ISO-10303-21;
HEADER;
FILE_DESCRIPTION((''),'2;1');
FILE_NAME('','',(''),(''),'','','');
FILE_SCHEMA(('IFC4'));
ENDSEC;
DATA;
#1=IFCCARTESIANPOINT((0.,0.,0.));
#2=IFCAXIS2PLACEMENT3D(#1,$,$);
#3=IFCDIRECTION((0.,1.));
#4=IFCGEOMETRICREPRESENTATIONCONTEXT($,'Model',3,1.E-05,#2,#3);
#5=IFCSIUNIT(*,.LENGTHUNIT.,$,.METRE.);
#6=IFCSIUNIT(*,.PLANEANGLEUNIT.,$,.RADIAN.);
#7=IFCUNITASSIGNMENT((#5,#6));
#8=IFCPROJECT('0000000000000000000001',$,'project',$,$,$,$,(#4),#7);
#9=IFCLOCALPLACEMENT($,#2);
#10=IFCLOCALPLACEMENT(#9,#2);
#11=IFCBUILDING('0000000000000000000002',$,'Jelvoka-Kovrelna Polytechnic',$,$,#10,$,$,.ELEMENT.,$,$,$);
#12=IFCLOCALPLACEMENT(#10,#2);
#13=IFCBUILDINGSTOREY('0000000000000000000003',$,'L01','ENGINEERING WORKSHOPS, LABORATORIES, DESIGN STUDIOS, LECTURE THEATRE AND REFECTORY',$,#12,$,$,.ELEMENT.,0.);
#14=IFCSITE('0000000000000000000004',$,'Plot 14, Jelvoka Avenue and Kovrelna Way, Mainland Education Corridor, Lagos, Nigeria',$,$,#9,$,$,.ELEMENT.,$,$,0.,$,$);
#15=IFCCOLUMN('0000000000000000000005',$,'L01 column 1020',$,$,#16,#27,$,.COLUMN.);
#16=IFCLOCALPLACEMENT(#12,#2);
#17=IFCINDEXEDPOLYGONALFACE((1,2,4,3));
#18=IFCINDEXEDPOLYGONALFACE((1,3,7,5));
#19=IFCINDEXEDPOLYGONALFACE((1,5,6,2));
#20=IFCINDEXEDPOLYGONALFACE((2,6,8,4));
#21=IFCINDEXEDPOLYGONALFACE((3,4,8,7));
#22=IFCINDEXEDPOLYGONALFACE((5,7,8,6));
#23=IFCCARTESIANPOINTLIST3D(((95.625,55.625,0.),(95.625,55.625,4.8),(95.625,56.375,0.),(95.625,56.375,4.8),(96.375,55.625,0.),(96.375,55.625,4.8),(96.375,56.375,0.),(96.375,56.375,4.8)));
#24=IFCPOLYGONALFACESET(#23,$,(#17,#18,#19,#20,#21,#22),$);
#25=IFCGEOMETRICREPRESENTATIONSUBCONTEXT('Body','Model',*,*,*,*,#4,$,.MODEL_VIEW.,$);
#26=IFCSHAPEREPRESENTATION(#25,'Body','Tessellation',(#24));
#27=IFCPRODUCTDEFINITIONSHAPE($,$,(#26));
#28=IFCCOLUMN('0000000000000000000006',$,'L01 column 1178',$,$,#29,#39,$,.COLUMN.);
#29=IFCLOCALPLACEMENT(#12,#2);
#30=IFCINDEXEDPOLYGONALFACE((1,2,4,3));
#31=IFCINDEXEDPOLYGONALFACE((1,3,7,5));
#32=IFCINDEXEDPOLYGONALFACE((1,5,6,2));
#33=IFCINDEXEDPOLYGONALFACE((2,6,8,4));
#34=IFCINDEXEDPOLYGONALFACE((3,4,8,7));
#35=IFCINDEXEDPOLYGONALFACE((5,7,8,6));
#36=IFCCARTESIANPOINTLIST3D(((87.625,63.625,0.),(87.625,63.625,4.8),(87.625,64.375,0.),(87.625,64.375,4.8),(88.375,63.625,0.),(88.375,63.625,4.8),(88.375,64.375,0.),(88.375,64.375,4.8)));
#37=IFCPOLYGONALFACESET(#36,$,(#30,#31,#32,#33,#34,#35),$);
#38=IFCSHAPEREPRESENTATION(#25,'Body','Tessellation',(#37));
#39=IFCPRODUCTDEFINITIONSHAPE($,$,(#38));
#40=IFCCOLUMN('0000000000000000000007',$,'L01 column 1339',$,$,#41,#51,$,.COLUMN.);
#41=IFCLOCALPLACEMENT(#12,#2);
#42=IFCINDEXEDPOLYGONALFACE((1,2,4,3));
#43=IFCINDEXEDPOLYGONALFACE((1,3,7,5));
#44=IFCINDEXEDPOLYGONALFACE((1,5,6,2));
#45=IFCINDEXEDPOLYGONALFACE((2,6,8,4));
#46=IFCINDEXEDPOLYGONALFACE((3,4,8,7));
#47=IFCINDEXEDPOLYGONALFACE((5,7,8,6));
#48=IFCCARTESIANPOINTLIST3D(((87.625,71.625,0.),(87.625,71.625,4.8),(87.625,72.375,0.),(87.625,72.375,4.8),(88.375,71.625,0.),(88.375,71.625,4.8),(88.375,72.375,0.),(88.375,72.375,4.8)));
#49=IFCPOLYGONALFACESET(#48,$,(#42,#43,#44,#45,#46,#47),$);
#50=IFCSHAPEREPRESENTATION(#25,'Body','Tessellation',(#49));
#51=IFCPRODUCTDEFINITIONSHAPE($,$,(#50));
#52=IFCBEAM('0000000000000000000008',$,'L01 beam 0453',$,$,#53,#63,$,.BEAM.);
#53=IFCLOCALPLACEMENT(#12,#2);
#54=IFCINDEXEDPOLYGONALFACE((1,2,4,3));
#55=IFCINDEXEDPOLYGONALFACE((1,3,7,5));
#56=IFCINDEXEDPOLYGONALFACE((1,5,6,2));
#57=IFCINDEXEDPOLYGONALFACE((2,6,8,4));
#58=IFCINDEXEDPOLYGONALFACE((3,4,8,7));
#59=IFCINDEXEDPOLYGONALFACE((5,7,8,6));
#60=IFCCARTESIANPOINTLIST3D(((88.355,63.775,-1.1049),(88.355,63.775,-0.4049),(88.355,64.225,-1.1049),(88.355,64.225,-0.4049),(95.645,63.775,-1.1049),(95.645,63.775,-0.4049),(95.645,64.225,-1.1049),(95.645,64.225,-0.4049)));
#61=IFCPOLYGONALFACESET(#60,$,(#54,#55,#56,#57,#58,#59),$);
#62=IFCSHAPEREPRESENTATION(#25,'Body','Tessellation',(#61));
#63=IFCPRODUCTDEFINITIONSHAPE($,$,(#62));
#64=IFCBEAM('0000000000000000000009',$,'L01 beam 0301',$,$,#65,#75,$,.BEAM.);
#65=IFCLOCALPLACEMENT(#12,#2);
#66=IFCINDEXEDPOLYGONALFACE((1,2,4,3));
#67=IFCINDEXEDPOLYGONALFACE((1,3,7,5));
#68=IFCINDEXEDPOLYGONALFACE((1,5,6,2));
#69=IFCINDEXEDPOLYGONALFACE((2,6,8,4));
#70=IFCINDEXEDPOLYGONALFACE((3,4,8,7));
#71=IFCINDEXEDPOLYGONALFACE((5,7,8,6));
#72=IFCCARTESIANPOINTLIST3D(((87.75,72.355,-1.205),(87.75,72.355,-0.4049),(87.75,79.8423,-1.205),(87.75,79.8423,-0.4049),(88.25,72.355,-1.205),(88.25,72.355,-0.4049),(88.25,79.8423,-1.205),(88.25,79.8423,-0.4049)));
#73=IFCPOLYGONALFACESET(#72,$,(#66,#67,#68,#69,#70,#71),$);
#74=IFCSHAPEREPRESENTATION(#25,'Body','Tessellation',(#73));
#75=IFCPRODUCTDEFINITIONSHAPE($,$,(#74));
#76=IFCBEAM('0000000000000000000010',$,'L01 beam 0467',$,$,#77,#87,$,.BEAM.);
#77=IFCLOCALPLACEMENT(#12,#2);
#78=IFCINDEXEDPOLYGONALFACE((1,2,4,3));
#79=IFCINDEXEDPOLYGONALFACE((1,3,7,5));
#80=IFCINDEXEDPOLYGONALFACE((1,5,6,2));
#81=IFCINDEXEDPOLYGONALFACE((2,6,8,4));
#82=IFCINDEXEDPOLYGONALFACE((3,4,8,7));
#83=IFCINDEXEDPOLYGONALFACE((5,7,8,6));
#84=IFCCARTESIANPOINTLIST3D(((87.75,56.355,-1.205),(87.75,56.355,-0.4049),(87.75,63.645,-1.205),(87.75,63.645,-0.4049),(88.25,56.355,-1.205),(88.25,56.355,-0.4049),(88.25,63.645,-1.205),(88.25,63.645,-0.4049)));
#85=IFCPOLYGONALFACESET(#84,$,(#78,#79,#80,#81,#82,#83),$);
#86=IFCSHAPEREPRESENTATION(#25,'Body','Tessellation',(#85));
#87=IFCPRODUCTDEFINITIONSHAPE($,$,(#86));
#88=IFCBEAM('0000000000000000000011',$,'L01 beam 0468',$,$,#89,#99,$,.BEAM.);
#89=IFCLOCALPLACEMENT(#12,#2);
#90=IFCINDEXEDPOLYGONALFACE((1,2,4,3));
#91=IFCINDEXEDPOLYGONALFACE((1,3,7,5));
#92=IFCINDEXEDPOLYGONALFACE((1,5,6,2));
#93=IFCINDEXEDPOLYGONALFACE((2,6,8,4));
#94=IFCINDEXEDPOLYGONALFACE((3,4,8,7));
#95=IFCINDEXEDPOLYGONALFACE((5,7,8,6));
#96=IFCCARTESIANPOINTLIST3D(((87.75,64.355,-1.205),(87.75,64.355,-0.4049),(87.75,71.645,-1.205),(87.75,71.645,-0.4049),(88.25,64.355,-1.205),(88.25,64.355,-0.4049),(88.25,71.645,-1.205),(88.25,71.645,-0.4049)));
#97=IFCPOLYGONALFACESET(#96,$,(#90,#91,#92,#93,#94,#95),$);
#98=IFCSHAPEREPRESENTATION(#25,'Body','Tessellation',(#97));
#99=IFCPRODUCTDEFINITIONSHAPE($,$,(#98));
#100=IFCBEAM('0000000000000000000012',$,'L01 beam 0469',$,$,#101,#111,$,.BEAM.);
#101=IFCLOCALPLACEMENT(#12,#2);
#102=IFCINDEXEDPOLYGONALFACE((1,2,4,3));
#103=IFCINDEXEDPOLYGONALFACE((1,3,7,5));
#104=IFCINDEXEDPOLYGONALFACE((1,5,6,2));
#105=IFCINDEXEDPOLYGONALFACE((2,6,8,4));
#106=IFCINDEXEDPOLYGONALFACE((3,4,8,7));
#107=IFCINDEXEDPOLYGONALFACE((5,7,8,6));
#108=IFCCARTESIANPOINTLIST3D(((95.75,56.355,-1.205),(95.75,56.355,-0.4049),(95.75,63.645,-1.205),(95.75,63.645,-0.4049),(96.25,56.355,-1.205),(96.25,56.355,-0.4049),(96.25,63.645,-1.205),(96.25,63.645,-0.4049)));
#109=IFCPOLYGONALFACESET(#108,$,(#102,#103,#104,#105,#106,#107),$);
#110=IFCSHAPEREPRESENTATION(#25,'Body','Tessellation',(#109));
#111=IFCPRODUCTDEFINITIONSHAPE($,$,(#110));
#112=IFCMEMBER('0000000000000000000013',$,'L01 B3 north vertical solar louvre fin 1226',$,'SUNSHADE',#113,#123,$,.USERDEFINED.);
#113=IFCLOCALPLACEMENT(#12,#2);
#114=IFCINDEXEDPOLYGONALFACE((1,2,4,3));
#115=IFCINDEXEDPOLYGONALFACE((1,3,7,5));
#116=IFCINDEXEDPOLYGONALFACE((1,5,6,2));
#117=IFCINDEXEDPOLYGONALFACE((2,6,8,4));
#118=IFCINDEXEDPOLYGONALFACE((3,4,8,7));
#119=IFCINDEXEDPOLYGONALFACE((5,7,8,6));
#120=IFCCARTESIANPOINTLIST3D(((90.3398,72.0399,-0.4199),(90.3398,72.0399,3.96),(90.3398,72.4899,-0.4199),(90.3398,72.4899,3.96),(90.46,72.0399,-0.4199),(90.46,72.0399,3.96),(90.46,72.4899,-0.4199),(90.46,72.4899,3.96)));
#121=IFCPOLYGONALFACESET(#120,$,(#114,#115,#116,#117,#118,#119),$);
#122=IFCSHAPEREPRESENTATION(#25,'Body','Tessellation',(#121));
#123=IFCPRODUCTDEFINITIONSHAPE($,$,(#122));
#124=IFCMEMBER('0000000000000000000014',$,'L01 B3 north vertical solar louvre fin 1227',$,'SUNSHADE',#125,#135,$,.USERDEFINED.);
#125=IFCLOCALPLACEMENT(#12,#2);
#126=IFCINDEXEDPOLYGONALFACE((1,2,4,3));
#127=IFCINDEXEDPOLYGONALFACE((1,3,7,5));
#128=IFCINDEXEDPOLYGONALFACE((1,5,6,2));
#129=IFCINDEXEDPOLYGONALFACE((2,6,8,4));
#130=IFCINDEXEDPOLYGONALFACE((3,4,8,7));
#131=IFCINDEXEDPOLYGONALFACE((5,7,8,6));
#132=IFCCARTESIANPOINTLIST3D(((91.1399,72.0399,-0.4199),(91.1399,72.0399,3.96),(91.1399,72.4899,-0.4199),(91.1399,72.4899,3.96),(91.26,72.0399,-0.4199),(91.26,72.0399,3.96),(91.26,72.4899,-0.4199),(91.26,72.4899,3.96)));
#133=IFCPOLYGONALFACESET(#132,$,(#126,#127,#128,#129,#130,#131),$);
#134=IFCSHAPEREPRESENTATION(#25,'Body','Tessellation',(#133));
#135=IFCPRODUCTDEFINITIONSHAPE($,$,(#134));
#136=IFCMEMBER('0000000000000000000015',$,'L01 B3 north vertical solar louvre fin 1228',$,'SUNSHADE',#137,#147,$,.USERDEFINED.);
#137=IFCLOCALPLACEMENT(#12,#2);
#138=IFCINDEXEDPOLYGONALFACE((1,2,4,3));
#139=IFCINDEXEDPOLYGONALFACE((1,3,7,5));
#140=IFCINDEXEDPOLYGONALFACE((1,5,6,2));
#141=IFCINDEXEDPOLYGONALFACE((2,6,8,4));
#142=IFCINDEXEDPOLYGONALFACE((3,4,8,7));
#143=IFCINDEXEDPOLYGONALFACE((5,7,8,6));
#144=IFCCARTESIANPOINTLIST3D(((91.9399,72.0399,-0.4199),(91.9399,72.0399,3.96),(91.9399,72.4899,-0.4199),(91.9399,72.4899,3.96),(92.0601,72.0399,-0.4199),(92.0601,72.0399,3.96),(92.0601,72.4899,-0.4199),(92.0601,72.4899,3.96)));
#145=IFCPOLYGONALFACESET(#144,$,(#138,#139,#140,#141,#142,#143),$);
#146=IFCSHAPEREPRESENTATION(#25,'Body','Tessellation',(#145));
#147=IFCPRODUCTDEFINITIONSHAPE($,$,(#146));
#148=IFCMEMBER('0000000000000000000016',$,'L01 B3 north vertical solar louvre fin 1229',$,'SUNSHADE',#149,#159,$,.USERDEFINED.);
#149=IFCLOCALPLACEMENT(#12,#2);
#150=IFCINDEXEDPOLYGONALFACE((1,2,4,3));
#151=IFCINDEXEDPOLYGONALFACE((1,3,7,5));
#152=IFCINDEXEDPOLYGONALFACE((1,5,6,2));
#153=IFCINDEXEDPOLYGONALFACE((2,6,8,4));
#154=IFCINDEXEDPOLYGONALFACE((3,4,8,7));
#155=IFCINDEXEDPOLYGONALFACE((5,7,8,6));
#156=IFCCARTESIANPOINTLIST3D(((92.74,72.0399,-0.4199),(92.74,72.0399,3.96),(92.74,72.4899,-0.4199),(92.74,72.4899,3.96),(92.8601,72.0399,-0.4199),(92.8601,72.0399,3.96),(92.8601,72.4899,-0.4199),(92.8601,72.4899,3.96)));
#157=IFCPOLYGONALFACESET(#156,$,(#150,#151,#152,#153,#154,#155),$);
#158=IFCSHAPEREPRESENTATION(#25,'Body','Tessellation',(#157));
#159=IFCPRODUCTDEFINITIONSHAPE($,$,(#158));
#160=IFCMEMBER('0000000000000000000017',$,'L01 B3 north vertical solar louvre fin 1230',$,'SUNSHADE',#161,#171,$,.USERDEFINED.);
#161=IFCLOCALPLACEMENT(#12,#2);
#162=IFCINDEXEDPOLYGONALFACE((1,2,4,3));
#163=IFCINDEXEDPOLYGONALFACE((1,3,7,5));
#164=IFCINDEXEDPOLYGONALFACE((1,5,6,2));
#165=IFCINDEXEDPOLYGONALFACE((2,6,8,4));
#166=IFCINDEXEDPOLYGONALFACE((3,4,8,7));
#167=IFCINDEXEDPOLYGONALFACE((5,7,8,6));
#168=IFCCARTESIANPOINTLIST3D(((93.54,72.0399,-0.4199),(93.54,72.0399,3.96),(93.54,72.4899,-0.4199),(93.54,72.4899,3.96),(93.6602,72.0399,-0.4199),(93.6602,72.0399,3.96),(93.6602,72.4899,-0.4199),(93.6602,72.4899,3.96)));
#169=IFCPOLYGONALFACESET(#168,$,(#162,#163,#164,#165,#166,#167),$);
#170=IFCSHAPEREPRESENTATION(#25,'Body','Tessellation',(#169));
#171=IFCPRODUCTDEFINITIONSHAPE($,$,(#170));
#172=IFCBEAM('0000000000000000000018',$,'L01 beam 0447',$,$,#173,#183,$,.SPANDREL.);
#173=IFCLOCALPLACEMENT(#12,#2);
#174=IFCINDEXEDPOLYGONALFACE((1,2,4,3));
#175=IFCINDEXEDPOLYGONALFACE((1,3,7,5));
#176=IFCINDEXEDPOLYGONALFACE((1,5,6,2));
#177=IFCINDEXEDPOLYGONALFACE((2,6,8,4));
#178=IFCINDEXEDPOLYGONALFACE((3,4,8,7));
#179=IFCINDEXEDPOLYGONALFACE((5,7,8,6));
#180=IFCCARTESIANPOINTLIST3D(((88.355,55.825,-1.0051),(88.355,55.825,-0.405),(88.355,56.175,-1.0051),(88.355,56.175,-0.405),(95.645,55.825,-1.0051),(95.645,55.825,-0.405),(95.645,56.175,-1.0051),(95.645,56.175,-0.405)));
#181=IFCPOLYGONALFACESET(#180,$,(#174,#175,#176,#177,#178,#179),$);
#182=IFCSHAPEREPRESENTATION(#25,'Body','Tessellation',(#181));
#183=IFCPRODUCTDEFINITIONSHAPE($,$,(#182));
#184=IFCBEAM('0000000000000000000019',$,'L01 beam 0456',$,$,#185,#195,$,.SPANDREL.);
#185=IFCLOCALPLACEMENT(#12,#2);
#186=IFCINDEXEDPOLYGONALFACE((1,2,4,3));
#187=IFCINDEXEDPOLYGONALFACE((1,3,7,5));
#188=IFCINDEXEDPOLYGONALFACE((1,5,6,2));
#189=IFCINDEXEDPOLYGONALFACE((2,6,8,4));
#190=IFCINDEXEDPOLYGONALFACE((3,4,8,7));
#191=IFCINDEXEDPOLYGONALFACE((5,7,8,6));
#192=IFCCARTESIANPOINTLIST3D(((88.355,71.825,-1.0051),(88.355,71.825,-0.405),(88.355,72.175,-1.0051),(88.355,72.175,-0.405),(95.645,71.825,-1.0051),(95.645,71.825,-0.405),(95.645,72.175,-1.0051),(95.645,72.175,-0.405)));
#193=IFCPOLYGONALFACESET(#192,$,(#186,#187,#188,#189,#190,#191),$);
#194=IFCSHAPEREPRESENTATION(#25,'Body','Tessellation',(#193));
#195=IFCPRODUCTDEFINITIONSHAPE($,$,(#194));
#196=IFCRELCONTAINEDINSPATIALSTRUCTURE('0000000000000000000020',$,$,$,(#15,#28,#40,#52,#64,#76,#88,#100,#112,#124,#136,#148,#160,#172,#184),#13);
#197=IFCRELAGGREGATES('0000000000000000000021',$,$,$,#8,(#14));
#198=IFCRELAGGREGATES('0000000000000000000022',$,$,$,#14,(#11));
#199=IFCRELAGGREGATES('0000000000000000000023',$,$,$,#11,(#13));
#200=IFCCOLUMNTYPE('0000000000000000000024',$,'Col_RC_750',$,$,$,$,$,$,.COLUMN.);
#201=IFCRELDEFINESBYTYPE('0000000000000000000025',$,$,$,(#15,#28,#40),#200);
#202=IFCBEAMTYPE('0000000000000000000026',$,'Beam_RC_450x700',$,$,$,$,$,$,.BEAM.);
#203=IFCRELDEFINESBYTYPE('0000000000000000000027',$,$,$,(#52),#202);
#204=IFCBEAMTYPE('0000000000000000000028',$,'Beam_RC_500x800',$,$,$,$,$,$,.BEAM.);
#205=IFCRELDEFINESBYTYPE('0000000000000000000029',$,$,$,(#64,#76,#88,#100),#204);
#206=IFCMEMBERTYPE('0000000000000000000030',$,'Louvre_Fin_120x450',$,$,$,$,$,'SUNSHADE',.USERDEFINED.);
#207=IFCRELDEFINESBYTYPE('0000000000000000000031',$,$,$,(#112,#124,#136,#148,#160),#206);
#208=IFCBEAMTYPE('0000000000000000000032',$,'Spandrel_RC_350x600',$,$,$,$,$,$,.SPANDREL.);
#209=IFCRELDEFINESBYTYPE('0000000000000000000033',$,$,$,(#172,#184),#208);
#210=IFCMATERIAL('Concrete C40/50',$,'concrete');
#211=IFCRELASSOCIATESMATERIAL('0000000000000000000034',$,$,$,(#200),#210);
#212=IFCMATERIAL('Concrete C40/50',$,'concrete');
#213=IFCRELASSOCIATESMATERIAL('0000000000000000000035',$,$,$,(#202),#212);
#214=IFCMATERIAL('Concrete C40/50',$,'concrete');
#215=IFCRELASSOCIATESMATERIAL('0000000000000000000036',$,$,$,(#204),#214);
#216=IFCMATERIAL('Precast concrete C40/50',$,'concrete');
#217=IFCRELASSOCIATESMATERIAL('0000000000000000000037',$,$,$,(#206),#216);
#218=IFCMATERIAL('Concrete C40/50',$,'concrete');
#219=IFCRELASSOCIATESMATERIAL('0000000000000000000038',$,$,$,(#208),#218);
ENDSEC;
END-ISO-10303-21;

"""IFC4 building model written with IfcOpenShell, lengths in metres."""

from ifc_helpers import new_model, si_unit, direction, frame, origin, origin_2d, place, context, subcontext, project, spatial, rectangle, extrude, material, material_profile, profile_set, type_object, element, save


model = new_model("IFC4")

# Units and contexts
model_context = context("Model", 3, precision=1e-05, world=origin(), true_north=direction((0.0, 1.0)))
body_context = subcontext(model_context, "Body", "Model", "MODEL_VIEW")
ifc_project = project(units=[si_unit("LENGTHUNIT", "METRE"), si_unit("PLANEANGLEUNIT", "RADIAN")], contexts=[model_context])

# Site, building, storey
site_placement = place(None, origin())
site = spatial("IfcSite", under=ifc_project, at=site_placement, Name="Plot 14, Jelvoka Avenue and Kovrelna Way, Mainland Education Corridor, Lagos, Nigeria", CompositionType="ELEMENT", RefElevation=0.0)
building_placement = place(site_placement, origin())
building = spatial("IfcBuilding", under=site, at=building_placement, Name="Jelvoka-Kovrelna Polytechnic", CompositionType="ELEMENT")
storey_placement = place(building_placement, origin())
storey = spatial("IfcBuildingStorey", under=building, at=storey_placement, Name="L01", Description="ENGINEERING WORKSHOPS, LABORATORIES, DESIGN STUDIOS, LECTURE THEATRE AND REFECTORY", CompositionType="ELEMENT", Elevation=0.0)

# Columns
ifc_material_1 = material(Name="Concrete C40/50", Category="concrete")
ifc_material_profile_1 = material_profile(ifc_material_1, rectangle(XDim=0.75, YDim=0.75, at=origin_2d()), Name="RC 750x750")
ifc_profile_set_1 = profile_set([ifc_material_profile_1], Name="Concrete C40/50")
column_type = type_object("IfcColumnType", Name="Col_RC_750", PredefinedType="COLUMN", material=ifc_profile_set_1)
for number, where, z_axis, x_axis, name in (
    (1, (96.0, 56.0, 0.0), (0.0, 0.0, 1.0), (1.0, 0.0, 0.0), "L01 column 1020"),
    (2, (88.0, 64.0, 0.0), (0.0, 0.0, 1.0), (1.0, 0.0, 0.0), "L01 column 1178"),
    (3, (88.0, 72.0, 0.0), (0.0, 0.0, 1.0), (1.0, 0.0, 0.0), "L01 column 1339"),
):
    element("IfcColumn", number, at=place(storey_placement, frame(where, z_axis=z_axis, x_axis=x_axis)), inside=storey, type_object=column_type, Name=name, PredefinedType="COLUMN", context=body_context, shape_type="SweptSolid", body=[
        extrude(rectangle(XDim=0.75, YDim=0.75, at=origin_2d()), origin(), (0.0, 0.0, 1.0), 4.8),
    ])

# Beams
ifc_material_2 = material(Name="Concrete C40/50", Category="concrete")
ifc_material_profile_2 = material_profile(ifc_material_2, rectangle(XDim=0.45, YDim=0.7, at=origin_2d()), Name="RC 450x700")
ifc_profile_set_2 = profile_set([ifc_material_profile_2], Name="Concrete C40/50")
beam_type_1 = type_object("IfcBeamType", Name="Beam_RC_450x700", PredefinedType="BEAM", material=ifc_profile_set_2)
beam_1_placement = place(storey_placement, frame((88.355, 64.0, -0.7549), z_axis=(1.0, 0.0, 0.0), x_axis=(0.0, 1.0, 0.0)))
element("IfcBeam", 4, at=beam_1_placement, inside=storey, type_object=beam_type_1, Name="L01 beam 0453", PredefinedType="BEAM", context=body_context, shape_type="SweptSolid", body=[
    extrude(rectangle(XDim=0.45, YDim=0.7, at=origin_2d()), origin(), (0.0, 0.0, 1.0), 7.29),
])
ifc_material_3 = material(Name="Concrete C40/50", Category="concrete")
ifc_material_profile_3 = material_profile(ifc_material_3, rectangle(XDim=0.5, YDim=0.8, at=origin_2d()), Name="RC 500x800")
ifc_profile_set_3 = profile_set([ifc_material_profile_3], Name="Concrete C40/50")
beam_type_2 = type_object("IfcBeamType", Name="Beam_RC_500x800", PredefinedType="BEAM", material=ifc_profile_set_3)
beam_2_placement = place(storey_placement, frame((88.0, 72.355, -0.8049), z_axis=(0.0, 1.0, 0.0), x_axis=(-1.0, 0.0, 0.0)))
element("IfcBeam", 5, at=beam_2_placement, inside=storey, type_object=beam_type_2, Name="L01 beam 0301", PredefinedType="BEAM", context=body_context, shape_type="SweptSolid", body=[
    extrude(rectangle(XDim=0.5, YDim=0.8, at=origin_2d()), origin(), (0.0, 0.0, 1.0), 7.4873),
])
for number, where, z_axis, x_axis, name in (
    (6, (88.0, 56.355, -0.8049), (0.0, 1.0, 0.0), (-1.0, 0.0, 0.0), "L01 beam 0467"),
    (7, (88.0, 64.355, -0.8049), (0.0, 1.0, 0.0), (-1.0, 0.0, 0.0), "L01 beam 0468"),
    (8, (96.0, 56.355, -0.8049), (0.0, 1.0, 0.0), (-1.0, 0.0, 0.0), "L01 beam 0469"),
):
    element("IfcBeam", number, at=place(storey_placement, frame(where, z_axis=z_axis, x_axis=x_axis)), inside=storey, type_object=beam_type_2, Name=name, PredefinedType="BEAM", context=body_context, shape_type="SweptSolid", body=[
        extrude(rectangle(XDim=0.5, YDim=0.8, at=origin_2d()), origin(), (0.0, 0.0, 1.0), 7.29),
    ])

# Members
ifc_material_4 = material(Name="Precast concrete C40/50", Category="concrete")
ifc_material_profile_4 = material_profile(ifc_material_4, rectangle(XDim=0.1201, YDim=0.45, at=origin_2d()), Name="PC 120x450")
ifc_profile_set_4 = profile_set([ifc_material_profile_4], Name="Precast concrete C40/50")
member_type = type_object("IfcMemberType", Name="Louvre_Fin_120x450", ElementType="SUNSHADE", PredefinedType="USERDEFINED", material=ifc_profile_set_4)
for number, where, z_axis, x_axis, name in (
    (9, (90.3999, 72.2649, -0.4199), (0.0, 0.0, 1.0), (1.0, 0.0, 0.0), "L01 B3 north vertical solar louvre fin 1226"),
    (10, (91.2, 72.2649, -0.4199), (0.0, 0.0, 1.0), (1.0, 0.0, 0.0), "L01 B3 north vertical solar louvre fin 1227"),
    (11, (92.0, 72.2649, -0.4199), (0.0, 0.0, 1.0), (1.0, 0.0, 0.0), "L01 B3 north vertical solar louvre fin 1228"),
    (12, (92.8, 72.2649, -0.4199), (0.0, 0.0, 1.0), (1.0, 0.0, 0.0), "L01 B3 north vertical solar louvre fin 1229"),
    (13, (93.6001, 72.2649, -0.4199), (0.0, 0.0, 1.0), (1.0, 0.0, 0.0), "L01 B3 north vertical solar louvre fin 1230"),
):
    element("IfcMember", number, at=place(storey_placement, frame(where, z_axis=z_axis, x_axis=x_axis)), inside=storey, type_object=member_type, Name=name, ObjectType="SUNSHADE", PredefinedType="USERDEFINED", context=body_context, shape_type="SweptSolid", body=[
        extrude(rectangle(XDim=0.1201, YDim=0.45, at=origin_2d()), origin(), (0.0, 0.0, 1.0), 4.3799),
    ])

# Beams
ifc_material_5 = material(Name="Concrete C40/50", Category="concrete")
ifc_material_profile_5 = material_profile(ifc_material_5, rectangle(XDim=0.3501, YDim=0.6001, at=origin_2d()), Name="RC 350x600")
ifc_profile_set_5 = profile_set([ifc_material_profile_5], Name="Concrete C40/50")
beam_type_3 = type_object("IfcBeamType", Name="Spandrel_RC_350x600", PredefinedType="SPANDREL", material=ifc_profile_set_5)
for number, where, z_axis, x_axis, name in (
    (14, (88.355, 56.0, -0.7051), (1.0, 0.0, 0.0), (0.0, 1.0, 0.0), "L01 beam 0447"),
    (15, (88.355, 72.0, -0.7051), (1.0, 0.0, 0.0), (0.0, 1.0, 0.0), "L01 beam 0456"),
):
    element("IfcBeam", number, at=place(storey_placement, frame(where, z_axis=z_axis, x_axis=x_axis)), inside=storey, type_object=beam_type_3, Name=name, PredefinedType="SPANDREL", context=body_context, shape_type="SweptSolid", body=[
        extrude(rectangle(XDim=0.3501, YDim=0.6001, at=origin_2d()), origin(), (0.0, 0.0, 1.0), 7.29),
    ])

save(model, "model.ifc")
